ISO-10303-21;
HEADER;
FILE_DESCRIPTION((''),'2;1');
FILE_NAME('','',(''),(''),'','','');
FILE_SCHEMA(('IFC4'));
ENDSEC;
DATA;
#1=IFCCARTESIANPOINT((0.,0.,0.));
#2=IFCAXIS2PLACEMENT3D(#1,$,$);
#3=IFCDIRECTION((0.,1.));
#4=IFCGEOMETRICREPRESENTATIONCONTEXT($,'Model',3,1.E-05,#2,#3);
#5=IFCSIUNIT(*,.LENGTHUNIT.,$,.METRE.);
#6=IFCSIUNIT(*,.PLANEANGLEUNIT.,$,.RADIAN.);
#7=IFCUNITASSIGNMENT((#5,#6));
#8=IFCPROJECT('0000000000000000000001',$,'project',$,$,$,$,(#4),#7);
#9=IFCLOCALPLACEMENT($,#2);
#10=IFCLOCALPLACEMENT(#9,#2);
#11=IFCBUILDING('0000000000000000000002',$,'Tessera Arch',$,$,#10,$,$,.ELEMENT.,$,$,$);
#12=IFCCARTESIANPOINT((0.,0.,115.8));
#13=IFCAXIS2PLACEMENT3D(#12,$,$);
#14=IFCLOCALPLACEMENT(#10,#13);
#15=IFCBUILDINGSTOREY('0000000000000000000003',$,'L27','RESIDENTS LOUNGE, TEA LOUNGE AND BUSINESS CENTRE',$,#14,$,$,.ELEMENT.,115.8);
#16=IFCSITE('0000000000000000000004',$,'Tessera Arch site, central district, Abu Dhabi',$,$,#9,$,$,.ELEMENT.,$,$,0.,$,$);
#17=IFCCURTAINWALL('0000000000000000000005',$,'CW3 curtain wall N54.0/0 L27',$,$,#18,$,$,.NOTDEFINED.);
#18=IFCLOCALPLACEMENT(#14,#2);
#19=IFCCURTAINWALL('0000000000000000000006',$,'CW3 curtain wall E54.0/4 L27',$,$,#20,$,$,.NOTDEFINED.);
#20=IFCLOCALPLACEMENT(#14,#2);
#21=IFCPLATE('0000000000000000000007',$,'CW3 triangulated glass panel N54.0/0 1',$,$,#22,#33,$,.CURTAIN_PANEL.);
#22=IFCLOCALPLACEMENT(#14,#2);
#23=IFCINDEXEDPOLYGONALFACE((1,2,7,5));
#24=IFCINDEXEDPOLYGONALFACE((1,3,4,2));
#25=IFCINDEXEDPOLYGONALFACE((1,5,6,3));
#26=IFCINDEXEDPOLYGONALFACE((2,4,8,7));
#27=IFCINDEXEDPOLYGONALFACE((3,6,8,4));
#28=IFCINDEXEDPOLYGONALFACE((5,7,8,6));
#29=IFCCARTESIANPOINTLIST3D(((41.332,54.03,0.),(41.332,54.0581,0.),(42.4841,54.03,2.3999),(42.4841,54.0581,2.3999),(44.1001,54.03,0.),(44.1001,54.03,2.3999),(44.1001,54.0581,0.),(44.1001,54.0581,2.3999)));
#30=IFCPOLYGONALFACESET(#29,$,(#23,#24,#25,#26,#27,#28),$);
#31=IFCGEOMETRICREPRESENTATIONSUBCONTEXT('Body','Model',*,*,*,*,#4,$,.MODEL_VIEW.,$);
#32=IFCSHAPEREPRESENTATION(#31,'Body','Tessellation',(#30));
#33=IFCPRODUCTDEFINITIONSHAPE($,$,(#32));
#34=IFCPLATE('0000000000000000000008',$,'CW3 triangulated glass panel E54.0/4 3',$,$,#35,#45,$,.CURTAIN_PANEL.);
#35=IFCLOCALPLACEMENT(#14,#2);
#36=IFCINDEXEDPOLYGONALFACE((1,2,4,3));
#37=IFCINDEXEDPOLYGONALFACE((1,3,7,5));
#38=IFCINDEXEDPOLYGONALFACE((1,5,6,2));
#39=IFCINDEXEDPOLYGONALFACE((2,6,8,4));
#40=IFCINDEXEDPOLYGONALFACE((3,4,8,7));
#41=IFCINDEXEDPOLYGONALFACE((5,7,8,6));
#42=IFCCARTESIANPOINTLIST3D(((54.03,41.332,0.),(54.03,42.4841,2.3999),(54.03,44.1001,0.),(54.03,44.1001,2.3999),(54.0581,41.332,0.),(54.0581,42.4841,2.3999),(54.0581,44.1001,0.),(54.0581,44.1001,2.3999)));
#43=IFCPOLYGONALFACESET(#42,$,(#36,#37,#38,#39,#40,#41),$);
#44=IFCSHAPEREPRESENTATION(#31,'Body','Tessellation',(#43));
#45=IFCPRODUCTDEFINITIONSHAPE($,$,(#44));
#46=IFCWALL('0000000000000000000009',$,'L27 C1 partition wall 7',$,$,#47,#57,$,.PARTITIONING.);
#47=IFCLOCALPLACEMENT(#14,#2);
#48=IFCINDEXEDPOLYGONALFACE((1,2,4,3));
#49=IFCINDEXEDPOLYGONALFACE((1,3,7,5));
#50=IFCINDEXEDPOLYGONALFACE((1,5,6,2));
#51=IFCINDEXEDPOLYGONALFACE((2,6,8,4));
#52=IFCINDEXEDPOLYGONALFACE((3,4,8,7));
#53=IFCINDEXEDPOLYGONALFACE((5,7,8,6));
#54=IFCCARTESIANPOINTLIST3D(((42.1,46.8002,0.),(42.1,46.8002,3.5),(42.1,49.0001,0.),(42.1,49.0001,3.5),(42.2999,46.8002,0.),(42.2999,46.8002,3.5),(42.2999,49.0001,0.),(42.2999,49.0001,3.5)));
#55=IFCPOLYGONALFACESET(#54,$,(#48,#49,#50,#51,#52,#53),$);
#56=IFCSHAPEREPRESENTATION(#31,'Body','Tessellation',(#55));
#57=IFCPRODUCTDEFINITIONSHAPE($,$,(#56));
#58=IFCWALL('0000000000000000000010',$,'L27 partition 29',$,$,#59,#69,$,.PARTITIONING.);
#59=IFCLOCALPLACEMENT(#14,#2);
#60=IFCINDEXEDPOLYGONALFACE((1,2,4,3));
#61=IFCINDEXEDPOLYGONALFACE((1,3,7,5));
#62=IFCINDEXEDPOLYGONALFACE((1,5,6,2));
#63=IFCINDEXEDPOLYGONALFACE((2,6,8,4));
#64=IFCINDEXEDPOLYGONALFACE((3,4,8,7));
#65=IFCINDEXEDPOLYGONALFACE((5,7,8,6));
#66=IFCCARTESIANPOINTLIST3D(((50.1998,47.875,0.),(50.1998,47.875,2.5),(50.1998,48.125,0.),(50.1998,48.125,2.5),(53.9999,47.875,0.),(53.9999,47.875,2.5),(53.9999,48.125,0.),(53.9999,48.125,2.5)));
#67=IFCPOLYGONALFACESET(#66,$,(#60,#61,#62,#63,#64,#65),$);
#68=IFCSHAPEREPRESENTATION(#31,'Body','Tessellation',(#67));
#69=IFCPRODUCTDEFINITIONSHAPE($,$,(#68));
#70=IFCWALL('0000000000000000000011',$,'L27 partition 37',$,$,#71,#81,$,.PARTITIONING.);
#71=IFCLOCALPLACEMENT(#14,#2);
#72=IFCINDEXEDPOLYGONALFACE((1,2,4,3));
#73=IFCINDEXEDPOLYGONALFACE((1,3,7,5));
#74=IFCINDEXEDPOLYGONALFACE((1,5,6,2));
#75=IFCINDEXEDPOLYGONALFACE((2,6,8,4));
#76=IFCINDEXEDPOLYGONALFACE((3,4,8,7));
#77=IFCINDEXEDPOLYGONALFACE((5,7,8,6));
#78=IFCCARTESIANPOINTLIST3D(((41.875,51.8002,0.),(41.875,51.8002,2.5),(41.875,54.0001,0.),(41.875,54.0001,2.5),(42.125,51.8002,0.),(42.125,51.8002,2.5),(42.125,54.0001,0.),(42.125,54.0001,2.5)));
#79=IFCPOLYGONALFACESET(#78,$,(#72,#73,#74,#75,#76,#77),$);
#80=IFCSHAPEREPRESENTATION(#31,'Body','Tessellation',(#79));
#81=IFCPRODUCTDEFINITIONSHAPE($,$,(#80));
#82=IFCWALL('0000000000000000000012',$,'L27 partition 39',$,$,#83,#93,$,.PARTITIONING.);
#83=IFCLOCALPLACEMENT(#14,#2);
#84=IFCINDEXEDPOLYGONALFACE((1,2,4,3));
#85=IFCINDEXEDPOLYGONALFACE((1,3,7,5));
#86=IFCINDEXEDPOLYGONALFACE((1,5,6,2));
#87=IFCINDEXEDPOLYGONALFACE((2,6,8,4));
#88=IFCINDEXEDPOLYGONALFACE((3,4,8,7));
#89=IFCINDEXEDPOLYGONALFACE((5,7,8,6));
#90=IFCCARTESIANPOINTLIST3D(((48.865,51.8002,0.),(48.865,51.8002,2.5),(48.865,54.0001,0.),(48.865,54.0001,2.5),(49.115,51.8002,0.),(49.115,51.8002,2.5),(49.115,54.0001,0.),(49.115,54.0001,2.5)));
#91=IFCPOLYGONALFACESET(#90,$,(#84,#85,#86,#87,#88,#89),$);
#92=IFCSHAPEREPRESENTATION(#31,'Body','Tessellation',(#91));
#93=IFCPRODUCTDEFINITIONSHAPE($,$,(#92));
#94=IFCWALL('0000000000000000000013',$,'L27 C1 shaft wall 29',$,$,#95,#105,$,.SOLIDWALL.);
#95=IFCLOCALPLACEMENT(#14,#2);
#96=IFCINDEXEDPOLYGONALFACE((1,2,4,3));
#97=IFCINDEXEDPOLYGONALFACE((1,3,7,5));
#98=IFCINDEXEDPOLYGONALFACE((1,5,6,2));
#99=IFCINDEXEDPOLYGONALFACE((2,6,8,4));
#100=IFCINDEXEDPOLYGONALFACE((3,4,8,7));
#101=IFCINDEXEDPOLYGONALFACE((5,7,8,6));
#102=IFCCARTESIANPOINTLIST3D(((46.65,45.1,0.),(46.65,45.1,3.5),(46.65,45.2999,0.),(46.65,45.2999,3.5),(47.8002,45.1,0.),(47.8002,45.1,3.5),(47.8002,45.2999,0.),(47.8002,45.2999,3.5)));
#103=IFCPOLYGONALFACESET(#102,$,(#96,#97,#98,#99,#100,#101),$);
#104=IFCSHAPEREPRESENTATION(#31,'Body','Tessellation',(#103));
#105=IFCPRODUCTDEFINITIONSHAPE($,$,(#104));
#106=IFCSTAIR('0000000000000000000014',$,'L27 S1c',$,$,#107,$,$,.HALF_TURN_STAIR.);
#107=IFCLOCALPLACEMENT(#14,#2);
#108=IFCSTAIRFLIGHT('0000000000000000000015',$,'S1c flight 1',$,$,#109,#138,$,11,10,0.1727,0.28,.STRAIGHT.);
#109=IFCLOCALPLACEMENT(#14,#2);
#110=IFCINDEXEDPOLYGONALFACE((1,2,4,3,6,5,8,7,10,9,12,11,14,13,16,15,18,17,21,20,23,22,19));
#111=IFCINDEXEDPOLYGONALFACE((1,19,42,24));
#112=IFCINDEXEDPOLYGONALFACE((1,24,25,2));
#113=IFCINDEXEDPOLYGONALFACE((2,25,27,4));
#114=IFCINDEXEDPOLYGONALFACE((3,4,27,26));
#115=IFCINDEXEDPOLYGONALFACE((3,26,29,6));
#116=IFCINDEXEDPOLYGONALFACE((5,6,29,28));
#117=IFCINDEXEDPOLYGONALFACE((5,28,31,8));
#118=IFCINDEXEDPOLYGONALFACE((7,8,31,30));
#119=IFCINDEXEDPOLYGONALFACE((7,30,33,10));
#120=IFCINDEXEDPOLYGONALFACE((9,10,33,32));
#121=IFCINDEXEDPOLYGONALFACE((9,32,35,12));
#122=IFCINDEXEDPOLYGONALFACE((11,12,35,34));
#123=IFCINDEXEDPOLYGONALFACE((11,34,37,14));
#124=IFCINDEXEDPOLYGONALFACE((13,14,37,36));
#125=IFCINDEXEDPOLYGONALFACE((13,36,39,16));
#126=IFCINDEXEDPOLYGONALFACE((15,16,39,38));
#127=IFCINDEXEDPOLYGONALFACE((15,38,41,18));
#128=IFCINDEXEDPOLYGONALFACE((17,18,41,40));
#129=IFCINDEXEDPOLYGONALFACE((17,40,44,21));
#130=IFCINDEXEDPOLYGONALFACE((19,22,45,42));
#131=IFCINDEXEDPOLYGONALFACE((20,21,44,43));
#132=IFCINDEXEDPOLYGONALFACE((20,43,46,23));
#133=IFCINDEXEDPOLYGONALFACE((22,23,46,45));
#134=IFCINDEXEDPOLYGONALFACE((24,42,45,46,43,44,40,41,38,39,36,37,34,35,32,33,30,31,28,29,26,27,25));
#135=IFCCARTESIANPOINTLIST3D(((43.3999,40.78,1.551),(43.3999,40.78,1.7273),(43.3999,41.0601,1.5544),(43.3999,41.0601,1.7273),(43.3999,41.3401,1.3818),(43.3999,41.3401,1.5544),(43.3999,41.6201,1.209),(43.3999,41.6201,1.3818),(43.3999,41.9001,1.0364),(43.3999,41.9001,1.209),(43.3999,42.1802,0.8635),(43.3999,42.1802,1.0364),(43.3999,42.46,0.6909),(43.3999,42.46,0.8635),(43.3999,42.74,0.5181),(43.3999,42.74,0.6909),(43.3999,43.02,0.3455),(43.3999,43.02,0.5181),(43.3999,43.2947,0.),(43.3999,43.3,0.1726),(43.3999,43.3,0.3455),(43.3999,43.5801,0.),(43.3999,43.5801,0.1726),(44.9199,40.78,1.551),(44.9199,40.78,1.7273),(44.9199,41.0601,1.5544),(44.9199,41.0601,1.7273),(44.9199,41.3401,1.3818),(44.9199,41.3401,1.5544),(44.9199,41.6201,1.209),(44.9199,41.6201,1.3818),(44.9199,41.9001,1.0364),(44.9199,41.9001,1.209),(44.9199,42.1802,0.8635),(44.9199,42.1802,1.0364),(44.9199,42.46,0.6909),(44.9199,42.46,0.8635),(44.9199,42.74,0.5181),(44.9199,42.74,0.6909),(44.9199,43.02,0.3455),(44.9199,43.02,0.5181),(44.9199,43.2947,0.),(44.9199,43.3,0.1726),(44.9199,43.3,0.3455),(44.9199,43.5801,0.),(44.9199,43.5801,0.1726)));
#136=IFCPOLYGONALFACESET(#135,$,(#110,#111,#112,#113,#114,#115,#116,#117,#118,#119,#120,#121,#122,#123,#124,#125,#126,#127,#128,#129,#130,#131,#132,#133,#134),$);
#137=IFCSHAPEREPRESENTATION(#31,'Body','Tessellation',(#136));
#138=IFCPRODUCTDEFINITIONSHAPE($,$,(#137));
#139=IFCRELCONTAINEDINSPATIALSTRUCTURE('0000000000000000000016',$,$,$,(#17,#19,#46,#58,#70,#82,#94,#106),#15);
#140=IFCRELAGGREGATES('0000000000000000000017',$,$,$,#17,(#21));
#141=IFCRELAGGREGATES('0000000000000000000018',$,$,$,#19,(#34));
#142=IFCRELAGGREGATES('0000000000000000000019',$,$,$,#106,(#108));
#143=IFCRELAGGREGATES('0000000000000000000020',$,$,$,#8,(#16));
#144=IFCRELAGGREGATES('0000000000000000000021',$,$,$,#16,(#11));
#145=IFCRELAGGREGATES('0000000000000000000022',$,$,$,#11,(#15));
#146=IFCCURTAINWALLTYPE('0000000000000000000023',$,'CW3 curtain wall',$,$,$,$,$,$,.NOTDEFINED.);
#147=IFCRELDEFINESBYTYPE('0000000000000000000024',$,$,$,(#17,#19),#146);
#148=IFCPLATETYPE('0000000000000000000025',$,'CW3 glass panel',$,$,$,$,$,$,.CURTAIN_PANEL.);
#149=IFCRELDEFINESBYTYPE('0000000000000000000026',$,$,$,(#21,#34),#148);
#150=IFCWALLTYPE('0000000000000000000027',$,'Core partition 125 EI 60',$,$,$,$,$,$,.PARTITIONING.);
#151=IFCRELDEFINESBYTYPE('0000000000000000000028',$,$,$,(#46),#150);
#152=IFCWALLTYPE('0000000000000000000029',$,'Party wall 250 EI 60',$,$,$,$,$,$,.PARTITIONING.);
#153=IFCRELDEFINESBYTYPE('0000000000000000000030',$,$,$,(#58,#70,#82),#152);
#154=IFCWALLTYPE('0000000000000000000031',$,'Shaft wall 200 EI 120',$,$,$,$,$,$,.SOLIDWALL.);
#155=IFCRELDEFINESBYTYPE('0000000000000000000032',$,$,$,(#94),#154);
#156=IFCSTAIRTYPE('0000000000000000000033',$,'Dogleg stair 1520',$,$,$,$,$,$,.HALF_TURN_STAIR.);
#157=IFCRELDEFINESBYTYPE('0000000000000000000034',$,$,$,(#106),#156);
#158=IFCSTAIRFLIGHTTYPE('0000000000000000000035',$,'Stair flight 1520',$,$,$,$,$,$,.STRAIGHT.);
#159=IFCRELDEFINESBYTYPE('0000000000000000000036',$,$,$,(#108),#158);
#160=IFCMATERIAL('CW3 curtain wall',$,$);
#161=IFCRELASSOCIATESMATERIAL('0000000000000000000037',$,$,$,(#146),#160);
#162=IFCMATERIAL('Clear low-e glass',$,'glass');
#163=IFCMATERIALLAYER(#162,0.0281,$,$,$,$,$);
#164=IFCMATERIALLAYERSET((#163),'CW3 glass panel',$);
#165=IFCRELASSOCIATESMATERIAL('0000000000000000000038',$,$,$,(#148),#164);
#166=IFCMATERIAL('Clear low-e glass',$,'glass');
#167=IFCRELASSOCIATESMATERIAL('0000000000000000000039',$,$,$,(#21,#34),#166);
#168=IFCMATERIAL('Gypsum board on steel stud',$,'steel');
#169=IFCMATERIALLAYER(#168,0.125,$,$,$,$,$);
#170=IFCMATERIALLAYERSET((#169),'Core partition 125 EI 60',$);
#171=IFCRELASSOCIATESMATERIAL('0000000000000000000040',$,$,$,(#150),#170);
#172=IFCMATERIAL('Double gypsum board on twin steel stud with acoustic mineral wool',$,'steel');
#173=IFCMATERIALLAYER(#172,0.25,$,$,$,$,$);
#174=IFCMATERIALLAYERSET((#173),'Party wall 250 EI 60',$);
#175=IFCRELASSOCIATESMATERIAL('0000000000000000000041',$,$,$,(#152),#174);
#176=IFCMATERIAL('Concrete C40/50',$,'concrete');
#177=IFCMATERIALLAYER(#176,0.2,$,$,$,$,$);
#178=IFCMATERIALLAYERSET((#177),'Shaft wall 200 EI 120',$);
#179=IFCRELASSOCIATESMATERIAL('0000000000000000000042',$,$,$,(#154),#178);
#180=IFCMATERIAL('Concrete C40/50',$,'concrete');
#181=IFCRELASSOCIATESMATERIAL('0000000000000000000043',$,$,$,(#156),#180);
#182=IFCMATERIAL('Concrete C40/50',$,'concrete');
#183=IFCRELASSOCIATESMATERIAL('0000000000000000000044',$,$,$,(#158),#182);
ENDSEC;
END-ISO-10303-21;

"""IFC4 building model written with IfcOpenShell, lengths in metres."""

from ifc_helpers import new_model, si_unit, direction, frame, frame_2d, origin, place, context, subcontext, project, spatial, polyline, rectangle, outline, extrude, material, layer, layer_set, type_object, element, aggregate, save


model = new_model("IFC4")

# Units and contexts
model_context = context("Model", 3, precision=1e-05, world=origin(), true_north=direction((0.0, 1.0)))
body_context = subcontext(model_context, "Body", "Model", "MODEL_VIEW")
ifc_project = project(units=[si_unit("LENGTHUNIT", "METRE"), si_unit("PLANEANGLEUNIT", "RADIAN")], contexts=[model_context])

# Site, building, storey
site_placement = place(None, origin())
site = spatial("IfcSite", under=ifc_project, at=site_placement, Name="Tessera Arch site, central district, Abu Dhabi", CompositionType="ELEMENT", RefElevation=0.0)
building_placement = place(site_placement, origin())
building = spatial("IfcBuilding", under=site, at=building_placement, Name="Tessera Arch", CompositionType="ELEMENT")
storey_placement = place(building_placement, frame((0.0, 0.0, 115.8)))
storey = spatial("IfcBuildingStorey", under=building, at=storey_placement, Name="L27", Description="RESIDENTS LOUNGE, TEA LOUNGE AND BUSINESS CENTRE", CompositionType="ELEMENT", Elevation=115.8)

# Curtain wall
ifc_material_1 = material(Name="CW3 curtain wall")
curtain_wall_type_1 = type_object("IfcCurtainWallType", Name="CW3 curtain wall", PredefinedType="NOTDEFINED", material=ifc_material_1)
curtain_wall_1_placement = place(storey_placement, origin())
curtain_wall_1 = element("IfcCurtainWall", 1, at=curtain_wall_1_placement, inside=storey, type_object=curtain_wall_type_1, Name="CW3 curtain wall N54.0/0 L27", PredefinedType="NOTDEFINED")

# Shared definitions
ifc_material_2 = material(Name="Clear low-e glass", Category="glass")

# Curtain wall
curtain_wall_2_placement = place(storey_placement, origin())
curtain_wall_2 = element("IfcCurtainWall", 2, at=curtain_wall_2_placement, inside=storey, type_object=curtain_wall_type_1, Name="CW3 curtain wall E54.0/4 L27", PredefinedType="NOTDEFINED")

# Plates
ifc_material_3 = material(Name="Clear low-e glass", Category="glass")
ifc_layer_1 = layer(ifc_material_3, 0.0281)
ifc_layer_set_1 = layer_set([ifc_layer_1], Name="CW3 glass panel")
plate_type_1 = type_object("IfcPlateType", Name="CW3 glass panel", PredefinedType="CURTAIN_PANEL", material=ifc_layer_set_1)
plate_1_placement = place(storey_placement, frame((44.1001, 54.0581, 0.0), z_axis=(0.0, 1.0, 0.0), x_axis=(-1.0, 0.0, 0.0)))
plate_1 = element("IfcPlate", 3, at=plate_1_placement, type_object=plate_type_1, material=ifc_material_2, Name="CW3 triangulated glass panel N54.0/0 1", PredefinedType="CURTAIN_PANEL", context=body_context, shape_type="SweptSolid", body=[
    extrude(outline(polyline([(0.0, 0.0), (2.7681, 0.0), (1.616, 2.3999), (0.0, 2.3999), (0.0, 0.0)])), origin(), (0.0, 0.0, -1.0), 0.0281),
])
aggregate(curtain_wall_1, [plate_1])
plate_2_placement = place(storey_placement, frame((54.0581, 44.1001, 2.3999), z_axis=(1.0, 0.0, 0.0), x_axis=(0.0, -1.0, 0.0)))
plate_2 = element("IfcPlate", 4, at=plate_2_placement, type_object=plate_type_1, material=ifc_material_2, Name="CW3 triangulated glass panel E54.0/4 3", PredefinedType="CURTAIN_PANEL", context=body_context, shape_type="SweptSolid", body=[
    extrude(outline(polyline([(0.0, 0.0), (1.616, 0.0), (2.7681, 2.3999), (0.0, 2.3999), (0.0, 0.0)])), origin(), (0.0, 0.0, -1.0), 0.0281),
])
aggregate(curtain_wall_2, [plate_2])

# Walls
ifc_material_4 = material(Name="Gypsum board on steel stud", Category="steel")
ifc_layer_2 = layer(ifc_material_4, 0.125)
ifc_layer_set_2 = layer_set([ifc_layer_2], Name="Core partition 125 EI 60")
wall_type_1 = type_object("IfcWallType", Name="Core partition 125 EI 60", PredefinedType="PARTITIONING", material=ifc_layer_set_2)
wall_1_placement = place(storey_placement, frame((42.2, 46.8, 0.0), z_axis=(0.0, 0.0, 1.0), x_axis=(0.0, 1.0, 0.0)))
element("IfcWall", 5, at=wall_1_placement, inside=storey, type_object=wall_type_1, Name="L27 C1 partition wall 7", PredefinedType="PARTITIONING", context=body_context, shape_type="SweptSolid", body=[
    extrude(rectangle(XDim=2.2, YDim=0.2, at=frame_2d((1.1001, 0.0))), origin(), (0.0, 0.0, 1.0), 3.5),
])
ifc_material_5 = material(Name="Double gypsum board on twin steel stud with acoustic mineral wool", Category="steel")
ifc_layer_3 = layer(ifc_material_5, 0.25)
ifc_layer_set_3 = layer_set([ifc_layer_3], Name="Party wall 250 EI 60")
wall_type_2 = type_object("IfcWallType", Name="Party wall 250 EI 60", PredefinedType="PARTITIONING", material=ifc_layer_set_3)
wall_2_placement = place(storey_placement, frame((50.2, 48.0, 0.0), z_axis=(0.0, 0.0, 1.0), x_axis=(1.0, 0.0, 0.0)))
element("IfcWall", 6, at=wall_2_placement, inside=storey, type_object=wall_type_2, Name="L27 partition 29", PredefinedType="PARTITIONING", context=body_context, shape_type="SweptSolid", body=[
    extrude(rectangle(XDim=3.8, YDim=0.25, at=frame_2d((1.8999, 0.0))), origin(), (0.0, 0.0, 1.0), 2.5),
])
for number, where, z_axis, x_axis, name in (
    (7, (42.0, 51.8, 0.0), (0.0, 0.0, 1.0), (0.0, 1.0, 0.0), "L27 partition 37"),
    (8, (48.99, 51.8, 0.0), (0.0, 0.0, 1.0), (0.0, 1.0, 0.0), "L27 partition 39"),
):
    element("IfcWall", number, at=place(storey_placement, frame(where, z_axis=z_axis, x_axis=x_axis)), inside=storey, type_object=wall_type_2, Name=name, PredefinedType="PARTITIONING", context=body_context, shape_type="SweptSolid", body=[
        extrude(rectangle(XDim=2.2, YDim=0.25, at=frame_2d((1.1001, 0.0))), origin(), (0.0, 0.0, 1.0), 2.5),
    ])
ifc_material_6 = material(Name="Concrete C40/50", Category="concrete")
ifc_layer_4 = layer(ifc_material_6, 0.2)
ifc_layer_set_4 = layer_set([ifc_layer_4], Name="Shaft wall 200 EI 120")
wall_type_3 = type_object("IfcWallType", Name="Shaft wall 200 EI 120", PredefinedType="SOLIDWALL", material=ifc_layer_set_4)
wall_3_placement = place(storey_placement, frame((46.6499, 45.2, 0.0), z_axis=(0.0, 0.0, 1.0), x_axis=(1.0, 0.0, 0.0)))
element("IfcWall", 9, at=wall_3_placement, inside=storey, type_object=wall_type_3, Name="L27 C1 shaft wall 29", PredefinedType="SOLIDWALL", context=body_context, shape_type="SweptSolid", body=[
    extrude(rectangle(XDim=1.1501, YDim=0.2, at=frame_2d((0.5752, 0.0))), origin(), (0.0, 0.0, 1.0), 3.5),
])

# Stair, stair flight
ifc_material_7 = material(Name="Concrete C40/50", Category="concrete")
stair_type = type_object("IfcStairType", Name="Dogleg stair 1520", PredefinedType="HALF_TURN_STAIR", material=ifc_material_7)
stair_placement = place(storey_placement, origin())
stair = element("IfcStair", 10, at=stair_placement, inside=storey, type_object=stair_type, Name="L27 S1c", PredefinedType="HALF_TURN_STAIR")
ifc_material_8 = material(Name="Concrete C40/50", Category="concrete")
stair_flight_type = type_object("IfcStairFlightType", Name="Stair flight 1520", PredefinedType="STRAIGHT", material=ifc_material_8)
stair_flight_placement = place(storey_placement, frame((44.1599, 43.5801, 0.0), z_axis=(0.0, 0.0, 1.0), x_axis=(0.0, -1.0, 0.0)))
stair_flight = element("IfcStairFlight", 11, at=stair_flight_placement, type_object=stair_flight_type, Name="S1c flight 1", NumberOfRisers=11, NumberOfTreads=10, PredefinedType="STRAIGHT", RiserHeight=0.1727, TreadLength=0.28, context=body_context, shape_type="SweptSolid", body=[
    extrude(outline(polyline([(0.0, 0.0), (0.0, 0.1726), (0.28, 0.1726), (0.28, 0.3455), (0.5601, 0.3455), (0.5601, 0.5181), (0.8401, 0.5181), (0.8401, 0.6909), (1.1201, 0.6909), (1.1201, 0.8635), (1.3999, 0.8635), (1.3999, 1.0364), (1.6799, 1.0364), (1.6799, 1.209), (1.96, 1.209), (1.96, 1.3818), (2.24, 1.3818), (2.24, 1.5544), (2.52, 1.5544), (2.52, 1.7273), (2.8, 1.7273), (2.8, 1.8999), (2.8, 1.551), (0.2854, 0.0), (0.0, 0.0)])), frame((0.0, 0.76, 0.0), z_axis=(0.0, -1.0, 0.0), x_axis=(1.0, 0.0, 0.0)), (0.0, 0.0, 1.0), 1.52),
])
aggregate(stair, [stair_flight])

save(model, "model.ifc")
